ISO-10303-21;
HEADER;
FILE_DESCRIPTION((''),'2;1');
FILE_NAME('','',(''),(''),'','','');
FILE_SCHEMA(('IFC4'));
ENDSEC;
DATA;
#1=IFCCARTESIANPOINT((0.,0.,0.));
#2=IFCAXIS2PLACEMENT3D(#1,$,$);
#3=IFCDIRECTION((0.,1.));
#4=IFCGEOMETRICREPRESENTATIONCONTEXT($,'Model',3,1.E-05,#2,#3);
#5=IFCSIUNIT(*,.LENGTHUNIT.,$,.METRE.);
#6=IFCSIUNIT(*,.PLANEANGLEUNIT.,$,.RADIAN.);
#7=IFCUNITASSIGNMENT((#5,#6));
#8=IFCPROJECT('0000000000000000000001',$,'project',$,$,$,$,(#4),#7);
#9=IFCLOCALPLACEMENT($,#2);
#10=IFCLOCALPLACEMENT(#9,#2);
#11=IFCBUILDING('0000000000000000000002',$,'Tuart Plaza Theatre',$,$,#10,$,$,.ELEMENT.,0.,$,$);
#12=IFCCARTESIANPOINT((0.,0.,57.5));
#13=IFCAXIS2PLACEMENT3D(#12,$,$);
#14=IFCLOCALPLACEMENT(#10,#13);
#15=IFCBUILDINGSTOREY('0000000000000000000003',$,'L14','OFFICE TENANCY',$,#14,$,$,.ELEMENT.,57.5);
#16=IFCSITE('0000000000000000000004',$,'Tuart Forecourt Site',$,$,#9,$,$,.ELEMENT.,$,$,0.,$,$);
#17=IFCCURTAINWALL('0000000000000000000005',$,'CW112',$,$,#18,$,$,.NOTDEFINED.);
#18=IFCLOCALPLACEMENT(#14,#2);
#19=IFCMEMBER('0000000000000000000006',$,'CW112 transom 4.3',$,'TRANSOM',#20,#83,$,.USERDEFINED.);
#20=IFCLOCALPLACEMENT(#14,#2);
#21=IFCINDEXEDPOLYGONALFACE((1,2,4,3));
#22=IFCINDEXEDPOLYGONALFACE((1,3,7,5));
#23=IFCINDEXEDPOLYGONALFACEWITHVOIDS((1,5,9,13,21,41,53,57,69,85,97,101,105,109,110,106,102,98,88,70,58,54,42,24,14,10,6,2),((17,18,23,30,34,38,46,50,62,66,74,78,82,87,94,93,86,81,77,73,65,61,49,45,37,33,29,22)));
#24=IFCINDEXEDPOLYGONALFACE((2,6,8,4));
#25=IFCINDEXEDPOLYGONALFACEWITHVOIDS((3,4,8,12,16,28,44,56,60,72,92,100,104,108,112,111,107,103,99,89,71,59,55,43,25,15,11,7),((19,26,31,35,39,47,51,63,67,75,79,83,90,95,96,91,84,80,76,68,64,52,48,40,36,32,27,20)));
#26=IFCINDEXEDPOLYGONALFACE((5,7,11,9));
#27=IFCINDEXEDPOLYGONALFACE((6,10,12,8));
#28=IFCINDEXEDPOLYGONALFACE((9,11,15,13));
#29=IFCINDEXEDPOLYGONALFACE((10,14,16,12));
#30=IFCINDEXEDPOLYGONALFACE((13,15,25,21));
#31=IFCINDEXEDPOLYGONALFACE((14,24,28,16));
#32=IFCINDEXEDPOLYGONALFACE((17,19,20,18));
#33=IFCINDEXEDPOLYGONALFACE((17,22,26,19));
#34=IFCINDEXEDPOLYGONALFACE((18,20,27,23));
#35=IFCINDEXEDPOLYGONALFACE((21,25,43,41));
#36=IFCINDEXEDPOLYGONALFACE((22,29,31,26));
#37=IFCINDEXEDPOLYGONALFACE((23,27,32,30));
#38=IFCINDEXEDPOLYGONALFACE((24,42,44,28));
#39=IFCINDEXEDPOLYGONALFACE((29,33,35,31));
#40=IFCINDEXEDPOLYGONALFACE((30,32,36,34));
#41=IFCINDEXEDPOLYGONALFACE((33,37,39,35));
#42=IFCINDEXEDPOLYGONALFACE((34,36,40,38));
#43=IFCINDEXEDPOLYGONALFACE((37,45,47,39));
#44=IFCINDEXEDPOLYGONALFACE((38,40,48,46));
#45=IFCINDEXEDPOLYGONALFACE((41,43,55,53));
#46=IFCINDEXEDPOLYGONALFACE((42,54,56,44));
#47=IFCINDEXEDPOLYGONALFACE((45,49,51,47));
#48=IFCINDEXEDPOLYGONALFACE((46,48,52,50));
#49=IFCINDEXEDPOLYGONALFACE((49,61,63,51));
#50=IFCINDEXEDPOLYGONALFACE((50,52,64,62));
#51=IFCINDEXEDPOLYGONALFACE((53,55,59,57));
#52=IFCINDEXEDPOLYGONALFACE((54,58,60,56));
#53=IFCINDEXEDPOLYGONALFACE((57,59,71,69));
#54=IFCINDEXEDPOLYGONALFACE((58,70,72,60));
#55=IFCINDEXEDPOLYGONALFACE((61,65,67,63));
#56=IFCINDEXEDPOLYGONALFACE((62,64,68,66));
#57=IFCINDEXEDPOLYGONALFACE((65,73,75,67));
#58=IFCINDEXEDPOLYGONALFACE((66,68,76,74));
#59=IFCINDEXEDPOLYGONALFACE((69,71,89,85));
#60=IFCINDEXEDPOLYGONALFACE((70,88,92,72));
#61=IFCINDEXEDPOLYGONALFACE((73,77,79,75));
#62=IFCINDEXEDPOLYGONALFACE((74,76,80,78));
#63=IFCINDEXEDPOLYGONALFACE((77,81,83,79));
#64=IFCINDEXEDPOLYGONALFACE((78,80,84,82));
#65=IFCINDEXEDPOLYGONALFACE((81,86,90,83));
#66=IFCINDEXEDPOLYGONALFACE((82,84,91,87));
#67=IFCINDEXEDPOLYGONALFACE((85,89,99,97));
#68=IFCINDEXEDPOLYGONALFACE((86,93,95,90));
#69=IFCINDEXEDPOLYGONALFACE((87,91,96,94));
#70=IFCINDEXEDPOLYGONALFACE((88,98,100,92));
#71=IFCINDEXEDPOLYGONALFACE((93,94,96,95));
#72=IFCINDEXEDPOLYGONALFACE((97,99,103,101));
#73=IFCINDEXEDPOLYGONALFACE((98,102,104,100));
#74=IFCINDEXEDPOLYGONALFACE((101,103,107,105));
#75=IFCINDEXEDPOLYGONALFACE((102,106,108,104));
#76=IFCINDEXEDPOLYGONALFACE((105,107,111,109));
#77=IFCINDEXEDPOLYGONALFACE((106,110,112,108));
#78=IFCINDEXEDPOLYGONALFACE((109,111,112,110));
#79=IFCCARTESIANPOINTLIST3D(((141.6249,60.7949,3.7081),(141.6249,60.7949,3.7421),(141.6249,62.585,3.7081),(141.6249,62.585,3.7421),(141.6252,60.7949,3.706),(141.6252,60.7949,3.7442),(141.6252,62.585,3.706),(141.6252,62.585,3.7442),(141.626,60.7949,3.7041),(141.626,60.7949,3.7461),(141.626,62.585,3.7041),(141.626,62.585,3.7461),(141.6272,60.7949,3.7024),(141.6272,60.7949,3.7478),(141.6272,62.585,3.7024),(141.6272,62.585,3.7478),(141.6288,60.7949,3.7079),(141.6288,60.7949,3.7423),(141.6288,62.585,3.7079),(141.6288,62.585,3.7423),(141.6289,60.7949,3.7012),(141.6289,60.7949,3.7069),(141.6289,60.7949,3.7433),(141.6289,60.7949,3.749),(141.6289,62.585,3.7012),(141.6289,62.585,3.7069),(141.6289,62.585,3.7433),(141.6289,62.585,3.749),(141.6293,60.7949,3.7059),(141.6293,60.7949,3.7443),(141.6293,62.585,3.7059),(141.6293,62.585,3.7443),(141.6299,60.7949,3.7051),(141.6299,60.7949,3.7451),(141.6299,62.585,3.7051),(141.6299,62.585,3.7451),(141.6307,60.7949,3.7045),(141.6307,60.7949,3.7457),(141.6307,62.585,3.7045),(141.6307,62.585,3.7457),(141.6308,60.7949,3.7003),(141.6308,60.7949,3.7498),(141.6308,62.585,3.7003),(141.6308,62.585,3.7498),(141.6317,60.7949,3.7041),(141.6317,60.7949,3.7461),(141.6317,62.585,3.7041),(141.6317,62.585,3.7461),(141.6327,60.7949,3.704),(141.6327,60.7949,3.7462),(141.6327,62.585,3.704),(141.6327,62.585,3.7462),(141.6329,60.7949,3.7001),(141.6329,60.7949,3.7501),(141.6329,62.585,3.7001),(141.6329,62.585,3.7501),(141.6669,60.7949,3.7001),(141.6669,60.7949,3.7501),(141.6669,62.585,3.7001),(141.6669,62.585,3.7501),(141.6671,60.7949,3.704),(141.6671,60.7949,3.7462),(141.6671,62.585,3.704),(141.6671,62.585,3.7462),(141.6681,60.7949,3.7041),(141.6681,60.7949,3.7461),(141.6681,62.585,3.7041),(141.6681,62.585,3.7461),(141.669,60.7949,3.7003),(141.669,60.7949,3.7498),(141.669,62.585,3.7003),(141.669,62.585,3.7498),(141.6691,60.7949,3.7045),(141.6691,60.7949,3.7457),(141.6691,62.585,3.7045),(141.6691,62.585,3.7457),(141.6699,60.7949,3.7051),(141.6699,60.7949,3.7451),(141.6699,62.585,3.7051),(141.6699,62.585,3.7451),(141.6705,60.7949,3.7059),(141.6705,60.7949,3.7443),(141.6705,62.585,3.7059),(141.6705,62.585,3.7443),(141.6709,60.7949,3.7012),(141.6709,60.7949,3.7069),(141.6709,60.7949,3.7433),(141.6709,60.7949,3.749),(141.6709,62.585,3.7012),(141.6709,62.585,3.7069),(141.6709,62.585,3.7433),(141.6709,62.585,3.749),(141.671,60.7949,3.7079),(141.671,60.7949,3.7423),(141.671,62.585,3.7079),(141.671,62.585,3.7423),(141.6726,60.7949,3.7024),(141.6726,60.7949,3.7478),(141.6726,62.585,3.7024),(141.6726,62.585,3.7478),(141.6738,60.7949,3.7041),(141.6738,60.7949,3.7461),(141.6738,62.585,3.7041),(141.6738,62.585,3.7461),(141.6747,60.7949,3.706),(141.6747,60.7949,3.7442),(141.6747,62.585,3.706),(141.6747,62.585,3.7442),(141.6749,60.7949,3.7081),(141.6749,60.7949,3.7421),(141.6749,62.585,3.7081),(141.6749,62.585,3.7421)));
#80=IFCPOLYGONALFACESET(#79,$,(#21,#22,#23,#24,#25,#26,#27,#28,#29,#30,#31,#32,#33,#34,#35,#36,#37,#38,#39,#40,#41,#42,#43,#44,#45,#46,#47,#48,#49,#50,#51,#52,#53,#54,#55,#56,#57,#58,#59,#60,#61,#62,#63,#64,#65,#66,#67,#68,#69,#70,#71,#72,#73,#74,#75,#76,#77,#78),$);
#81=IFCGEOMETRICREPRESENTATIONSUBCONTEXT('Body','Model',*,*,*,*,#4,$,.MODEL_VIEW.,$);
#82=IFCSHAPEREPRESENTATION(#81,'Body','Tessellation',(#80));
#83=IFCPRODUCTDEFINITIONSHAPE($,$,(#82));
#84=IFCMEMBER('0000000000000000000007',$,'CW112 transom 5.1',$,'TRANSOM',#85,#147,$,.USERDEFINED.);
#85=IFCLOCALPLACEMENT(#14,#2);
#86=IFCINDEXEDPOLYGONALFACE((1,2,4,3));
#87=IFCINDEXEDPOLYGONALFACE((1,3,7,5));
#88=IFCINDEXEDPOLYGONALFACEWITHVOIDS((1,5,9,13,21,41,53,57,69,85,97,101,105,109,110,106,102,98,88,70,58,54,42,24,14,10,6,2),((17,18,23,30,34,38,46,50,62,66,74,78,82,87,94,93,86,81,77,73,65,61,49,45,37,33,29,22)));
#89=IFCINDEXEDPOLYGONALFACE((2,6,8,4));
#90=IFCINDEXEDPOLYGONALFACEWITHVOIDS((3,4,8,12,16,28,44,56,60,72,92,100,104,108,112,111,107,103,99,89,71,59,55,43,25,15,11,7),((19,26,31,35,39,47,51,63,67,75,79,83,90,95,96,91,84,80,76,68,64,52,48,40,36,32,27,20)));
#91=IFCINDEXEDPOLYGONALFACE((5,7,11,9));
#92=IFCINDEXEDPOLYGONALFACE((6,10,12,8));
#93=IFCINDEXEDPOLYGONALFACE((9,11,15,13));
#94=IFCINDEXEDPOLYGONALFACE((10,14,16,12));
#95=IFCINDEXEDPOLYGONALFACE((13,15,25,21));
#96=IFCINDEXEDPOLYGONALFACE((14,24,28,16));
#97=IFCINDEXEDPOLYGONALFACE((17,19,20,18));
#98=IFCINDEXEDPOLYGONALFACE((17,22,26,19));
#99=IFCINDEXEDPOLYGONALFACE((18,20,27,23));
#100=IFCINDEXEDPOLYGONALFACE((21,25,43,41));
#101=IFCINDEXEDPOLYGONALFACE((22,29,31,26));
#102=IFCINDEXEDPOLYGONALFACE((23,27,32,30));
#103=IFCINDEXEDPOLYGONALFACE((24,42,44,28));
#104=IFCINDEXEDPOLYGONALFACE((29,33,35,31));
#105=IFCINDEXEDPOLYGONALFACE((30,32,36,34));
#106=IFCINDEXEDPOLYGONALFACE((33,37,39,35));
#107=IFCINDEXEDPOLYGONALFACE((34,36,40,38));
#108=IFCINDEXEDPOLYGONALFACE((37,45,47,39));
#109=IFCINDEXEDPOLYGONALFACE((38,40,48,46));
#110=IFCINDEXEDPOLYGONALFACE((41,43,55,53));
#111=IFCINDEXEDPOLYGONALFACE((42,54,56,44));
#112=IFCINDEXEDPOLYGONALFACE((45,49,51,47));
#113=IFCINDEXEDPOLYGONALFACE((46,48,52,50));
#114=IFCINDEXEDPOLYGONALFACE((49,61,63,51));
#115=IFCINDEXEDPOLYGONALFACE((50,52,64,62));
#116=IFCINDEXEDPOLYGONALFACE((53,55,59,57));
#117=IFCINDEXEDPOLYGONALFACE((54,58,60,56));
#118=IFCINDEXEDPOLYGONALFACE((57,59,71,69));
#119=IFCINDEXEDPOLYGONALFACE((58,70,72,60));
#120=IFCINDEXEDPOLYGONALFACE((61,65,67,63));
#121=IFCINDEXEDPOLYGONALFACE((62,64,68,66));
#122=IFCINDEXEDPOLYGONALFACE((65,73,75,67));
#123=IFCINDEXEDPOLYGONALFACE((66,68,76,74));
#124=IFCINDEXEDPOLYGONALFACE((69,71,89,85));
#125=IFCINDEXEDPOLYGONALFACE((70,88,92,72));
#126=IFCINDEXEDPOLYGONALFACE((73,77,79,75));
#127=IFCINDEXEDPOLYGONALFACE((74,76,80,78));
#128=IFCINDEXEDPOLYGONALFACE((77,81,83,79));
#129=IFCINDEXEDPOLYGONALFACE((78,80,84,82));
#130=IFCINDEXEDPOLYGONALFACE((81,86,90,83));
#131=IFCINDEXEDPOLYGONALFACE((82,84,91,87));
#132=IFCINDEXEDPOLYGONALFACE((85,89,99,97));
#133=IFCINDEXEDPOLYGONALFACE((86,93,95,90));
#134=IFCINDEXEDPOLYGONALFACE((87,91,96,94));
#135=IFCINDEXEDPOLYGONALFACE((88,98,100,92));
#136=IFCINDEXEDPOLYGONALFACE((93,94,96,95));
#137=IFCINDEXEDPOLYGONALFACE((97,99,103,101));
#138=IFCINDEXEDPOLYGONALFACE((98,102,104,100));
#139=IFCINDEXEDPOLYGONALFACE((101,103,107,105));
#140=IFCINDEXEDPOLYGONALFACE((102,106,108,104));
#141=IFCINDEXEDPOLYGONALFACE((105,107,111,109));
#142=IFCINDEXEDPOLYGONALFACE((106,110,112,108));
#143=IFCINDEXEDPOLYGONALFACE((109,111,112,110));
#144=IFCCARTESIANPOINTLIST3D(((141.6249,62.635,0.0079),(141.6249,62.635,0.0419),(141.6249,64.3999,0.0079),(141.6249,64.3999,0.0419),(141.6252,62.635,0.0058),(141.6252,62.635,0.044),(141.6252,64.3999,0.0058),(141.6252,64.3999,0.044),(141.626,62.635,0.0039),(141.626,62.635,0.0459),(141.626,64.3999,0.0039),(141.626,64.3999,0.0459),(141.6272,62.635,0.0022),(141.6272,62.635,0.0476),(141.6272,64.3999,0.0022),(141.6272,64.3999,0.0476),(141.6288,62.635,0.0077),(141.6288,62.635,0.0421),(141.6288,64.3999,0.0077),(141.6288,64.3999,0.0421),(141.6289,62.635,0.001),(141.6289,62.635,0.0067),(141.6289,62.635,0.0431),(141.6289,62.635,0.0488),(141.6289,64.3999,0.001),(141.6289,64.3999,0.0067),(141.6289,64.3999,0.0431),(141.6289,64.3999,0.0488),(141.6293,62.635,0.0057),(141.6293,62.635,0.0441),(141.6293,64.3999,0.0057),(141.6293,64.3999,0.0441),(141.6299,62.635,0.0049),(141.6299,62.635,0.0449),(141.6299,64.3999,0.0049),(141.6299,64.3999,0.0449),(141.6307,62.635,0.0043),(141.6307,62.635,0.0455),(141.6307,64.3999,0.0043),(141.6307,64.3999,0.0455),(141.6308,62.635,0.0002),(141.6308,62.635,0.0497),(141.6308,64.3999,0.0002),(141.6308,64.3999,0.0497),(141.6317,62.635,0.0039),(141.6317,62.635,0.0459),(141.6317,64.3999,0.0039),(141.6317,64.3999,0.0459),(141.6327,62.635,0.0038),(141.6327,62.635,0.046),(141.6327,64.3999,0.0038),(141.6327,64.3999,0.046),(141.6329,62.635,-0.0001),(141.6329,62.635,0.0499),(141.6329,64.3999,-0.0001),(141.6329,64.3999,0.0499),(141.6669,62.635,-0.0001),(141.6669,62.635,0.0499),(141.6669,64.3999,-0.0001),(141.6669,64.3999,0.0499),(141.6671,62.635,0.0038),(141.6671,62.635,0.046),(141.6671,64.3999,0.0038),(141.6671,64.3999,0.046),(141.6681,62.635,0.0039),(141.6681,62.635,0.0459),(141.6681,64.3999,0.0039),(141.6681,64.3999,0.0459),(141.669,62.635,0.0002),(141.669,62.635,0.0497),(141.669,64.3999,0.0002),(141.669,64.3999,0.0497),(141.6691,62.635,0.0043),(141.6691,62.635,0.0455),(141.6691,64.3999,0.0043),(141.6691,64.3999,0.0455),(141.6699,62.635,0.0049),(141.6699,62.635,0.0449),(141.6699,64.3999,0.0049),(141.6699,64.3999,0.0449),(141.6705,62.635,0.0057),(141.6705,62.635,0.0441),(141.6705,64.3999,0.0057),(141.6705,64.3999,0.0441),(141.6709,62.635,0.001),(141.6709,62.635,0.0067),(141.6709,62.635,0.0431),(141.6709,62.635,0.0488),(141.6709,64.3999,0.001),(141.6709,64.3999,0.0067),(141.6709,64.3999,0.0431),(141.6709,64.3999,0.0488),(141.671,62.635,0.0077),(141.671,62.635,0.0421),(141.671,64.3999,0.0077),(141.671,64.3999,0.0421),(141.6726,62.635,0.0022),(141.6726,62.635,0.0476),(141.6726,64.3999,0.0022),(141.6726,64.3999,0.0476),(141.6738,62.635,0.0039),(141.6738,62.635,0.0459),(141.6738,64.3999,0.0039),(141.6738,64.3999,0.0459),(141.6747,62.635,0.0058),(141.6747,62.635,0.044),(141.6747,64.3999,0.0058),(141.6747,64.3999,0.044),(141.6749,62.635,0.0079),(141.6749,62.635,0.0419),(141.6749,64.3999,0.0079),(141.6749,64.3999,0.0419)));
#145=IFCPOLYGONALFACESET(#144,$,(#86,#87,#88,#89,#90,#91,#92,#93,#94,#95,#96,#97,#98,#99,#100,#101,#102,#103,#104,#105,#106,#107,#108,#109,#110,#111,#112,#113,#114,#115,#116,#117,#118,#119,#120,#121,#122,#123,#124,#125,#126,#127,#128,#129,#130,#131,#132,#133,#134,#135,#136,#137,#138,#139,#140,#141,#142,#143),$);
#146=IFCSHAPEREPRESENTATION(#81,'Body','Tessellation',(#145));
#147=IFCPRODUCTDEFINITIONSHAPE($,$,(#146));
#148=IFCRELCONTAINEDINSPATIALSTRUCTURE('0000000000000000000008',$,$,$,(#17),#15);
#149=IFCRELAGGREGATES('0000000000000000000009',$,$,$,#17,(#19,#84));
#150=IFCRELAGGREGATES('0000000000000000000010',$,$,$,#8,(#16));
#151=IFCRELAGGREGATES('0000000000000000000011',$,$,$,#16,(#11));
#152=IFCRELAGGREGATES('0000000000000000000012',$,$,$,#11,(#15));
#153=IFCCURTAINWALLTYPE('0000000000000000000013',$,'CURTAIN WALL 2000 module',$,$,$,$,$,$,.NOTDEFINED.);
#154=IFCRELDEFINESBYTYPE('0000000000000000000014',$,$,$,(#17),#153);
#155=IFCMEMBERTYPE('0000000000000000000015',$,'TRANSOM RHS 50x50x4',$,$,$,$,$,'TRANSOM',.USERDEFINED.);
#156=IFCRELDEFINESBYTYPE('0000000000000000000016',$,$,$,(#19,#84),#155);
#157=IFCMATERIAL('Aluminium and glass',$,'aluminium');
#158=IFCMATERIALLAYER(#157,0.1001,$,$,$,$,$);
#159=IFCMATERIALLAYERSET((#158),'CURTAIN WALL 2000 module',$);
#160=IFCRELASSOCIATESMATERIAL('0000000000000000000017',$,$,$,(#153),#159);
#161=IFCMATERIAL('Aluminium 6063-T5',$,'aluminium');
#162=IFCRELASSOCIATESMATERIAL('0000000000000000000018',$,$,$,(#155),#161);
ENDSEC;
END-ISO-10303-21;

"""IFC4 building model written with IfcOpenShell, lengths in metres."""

from ifc_helpers import new_model, si_unit, direction, frame, origin, origin_2d, place, context, subcontext, project, spatial, hollow_rectangle, extrude, material, layer, layer_set, material_profile, profile_set, type_object, element, aggregate, save


model = new_model("IFC4")

# Units and contexts
model_context = context("Model", 3, precision=1e-05, world=origin(), true_north=direction((0.0, 1.0)))
body_context = subcontext(model_context, "Body", "Model", "MODEL_VIEW")
ifc_project = project(units=[si_unit("LENGTHUNIT", "METRE"), si_unit("PLANEANGLEUNIT", "RADIAN")], contexts=[model_context])

# Site, building, storey
site_placement = place(None, origin())
site = spatial("IfcSite", under=ifc_project, at=site_placement, Name="Tuart Forecourt Site", CompositionType="ELEMENT", RefElevation=0.0)
building_placement = place(site_placement, origin())
building = spatial("IfcBuilding", under=site, at=building_placement, Name="Tuart Plaza Theatre", CompositionType="ELEMENT", ElevationOfRefHeight=0.0)
storey_placement = place(building_placement, frame((0.0, 0.0, 57.5)))
storey = spatial("IfcBuildingStorey", under=building, at=storey_placement, Name="L14", Description="OFFICE TENANCY", CompositionType="ELEMENT", Elevation=57.5)

# Curtain wall, members
ifc_material_1 = material(Name="Aluminium and glass", Category="aluminium")
ifc_layer_1 = layer(ifc_material_1, 0.1001)
ifc_layer_set_1 = layer_set([ifc_layer_1], Name="CURTAIN WALL 2000 module")
curtain_wall_type = type_object("IfcCurtainWallType", Name="CURTAIN WALL 2000 module", PredefinedType="NOTDEFINED", material=ifc_layer_set_1)
curtain_wall_placement = place(storey_placement, origin())
curtain_wall = element("IfcCurtainWall", 1, at=curtain_wall_placement, inside=storey, type_object=curtain_wall_type, Name="CW112", PredefinedType="NOTDEFINED")
ifc_material_2 = material(Name="Aluminium 6063-T5", Category="aluminium")
ifc_material_profile_1 = material_profile(ifc_material_2, hollow_rectangle(XDim=0.05, YDim=0.05, WallThickness=0.0039, InnerFilletRadius=0.0039, OuterFilletRadius=0.0081, at=origin_2d()), Name="RHS 50x50x4")
ifc_profile_set_1 = profile_set([ifc_material_profile_1], Name="Aluminium 6063-T5")
member_type_1 = type_object("IfcMemberType", Name="TRANSOM RHS 50x50x4", ElementType="TRANSOM", PredefinedType="USERDEFINED", material=ifc_profile_set_1)
member_1_placement = place(storey_placement, frame((141.6499, 60.7949, 3.7251), z_axis=(0.0, 1.0, 0.0), x_axis=(-1.0, 0.0, 0.0)))
member_1 = element("IfcMember", 2, at=member_1_placement, type_object=member_type_1, Name="CW112 transom 4.3", ObjectType="TRANSOM", PredefinedType="USERDEFINED", context=body_context, shape_type="SweptSolid", body=[
    extrude(hollow_rectangle(XDim=0.05, YDim=0.05, WallThickness=0.0039, InnerFilletRadius=0.0039, OuterFilletRadius=0.0081, at=origin_2d()), origin(), (0.0, 0.0, 1.0), 1.79),
])
member_2_placement = place(storey_placement, frame((141.6499, 62.635, 0.0249), z_axis=(0.0, 1.0, 0.0), x_axis=(-1.0, 0.0, 0.0)))
member_2 = element("IfcMember", 3, at=member_2_placement, type_object=member_type_1, Name="CW112 transom 5.1", ObjectType="TRANSOM", PredefinedType="USERDEFINED", context=body_context, shape_type="SweptSolid", body=[
    extrude(hollow_rectangle(XDim=0.05, YDim=0.05, WallThickness=0.0039, InnerFilletRadius=0.0039, OuterFilletRadius=0.0081, at=origin_2d()), origin(), (0.0, 0.0, 1.0), 1.7649),
])
aggregate(curtain_wall, [member_1, member_2])

save(model, "model.ifc")
